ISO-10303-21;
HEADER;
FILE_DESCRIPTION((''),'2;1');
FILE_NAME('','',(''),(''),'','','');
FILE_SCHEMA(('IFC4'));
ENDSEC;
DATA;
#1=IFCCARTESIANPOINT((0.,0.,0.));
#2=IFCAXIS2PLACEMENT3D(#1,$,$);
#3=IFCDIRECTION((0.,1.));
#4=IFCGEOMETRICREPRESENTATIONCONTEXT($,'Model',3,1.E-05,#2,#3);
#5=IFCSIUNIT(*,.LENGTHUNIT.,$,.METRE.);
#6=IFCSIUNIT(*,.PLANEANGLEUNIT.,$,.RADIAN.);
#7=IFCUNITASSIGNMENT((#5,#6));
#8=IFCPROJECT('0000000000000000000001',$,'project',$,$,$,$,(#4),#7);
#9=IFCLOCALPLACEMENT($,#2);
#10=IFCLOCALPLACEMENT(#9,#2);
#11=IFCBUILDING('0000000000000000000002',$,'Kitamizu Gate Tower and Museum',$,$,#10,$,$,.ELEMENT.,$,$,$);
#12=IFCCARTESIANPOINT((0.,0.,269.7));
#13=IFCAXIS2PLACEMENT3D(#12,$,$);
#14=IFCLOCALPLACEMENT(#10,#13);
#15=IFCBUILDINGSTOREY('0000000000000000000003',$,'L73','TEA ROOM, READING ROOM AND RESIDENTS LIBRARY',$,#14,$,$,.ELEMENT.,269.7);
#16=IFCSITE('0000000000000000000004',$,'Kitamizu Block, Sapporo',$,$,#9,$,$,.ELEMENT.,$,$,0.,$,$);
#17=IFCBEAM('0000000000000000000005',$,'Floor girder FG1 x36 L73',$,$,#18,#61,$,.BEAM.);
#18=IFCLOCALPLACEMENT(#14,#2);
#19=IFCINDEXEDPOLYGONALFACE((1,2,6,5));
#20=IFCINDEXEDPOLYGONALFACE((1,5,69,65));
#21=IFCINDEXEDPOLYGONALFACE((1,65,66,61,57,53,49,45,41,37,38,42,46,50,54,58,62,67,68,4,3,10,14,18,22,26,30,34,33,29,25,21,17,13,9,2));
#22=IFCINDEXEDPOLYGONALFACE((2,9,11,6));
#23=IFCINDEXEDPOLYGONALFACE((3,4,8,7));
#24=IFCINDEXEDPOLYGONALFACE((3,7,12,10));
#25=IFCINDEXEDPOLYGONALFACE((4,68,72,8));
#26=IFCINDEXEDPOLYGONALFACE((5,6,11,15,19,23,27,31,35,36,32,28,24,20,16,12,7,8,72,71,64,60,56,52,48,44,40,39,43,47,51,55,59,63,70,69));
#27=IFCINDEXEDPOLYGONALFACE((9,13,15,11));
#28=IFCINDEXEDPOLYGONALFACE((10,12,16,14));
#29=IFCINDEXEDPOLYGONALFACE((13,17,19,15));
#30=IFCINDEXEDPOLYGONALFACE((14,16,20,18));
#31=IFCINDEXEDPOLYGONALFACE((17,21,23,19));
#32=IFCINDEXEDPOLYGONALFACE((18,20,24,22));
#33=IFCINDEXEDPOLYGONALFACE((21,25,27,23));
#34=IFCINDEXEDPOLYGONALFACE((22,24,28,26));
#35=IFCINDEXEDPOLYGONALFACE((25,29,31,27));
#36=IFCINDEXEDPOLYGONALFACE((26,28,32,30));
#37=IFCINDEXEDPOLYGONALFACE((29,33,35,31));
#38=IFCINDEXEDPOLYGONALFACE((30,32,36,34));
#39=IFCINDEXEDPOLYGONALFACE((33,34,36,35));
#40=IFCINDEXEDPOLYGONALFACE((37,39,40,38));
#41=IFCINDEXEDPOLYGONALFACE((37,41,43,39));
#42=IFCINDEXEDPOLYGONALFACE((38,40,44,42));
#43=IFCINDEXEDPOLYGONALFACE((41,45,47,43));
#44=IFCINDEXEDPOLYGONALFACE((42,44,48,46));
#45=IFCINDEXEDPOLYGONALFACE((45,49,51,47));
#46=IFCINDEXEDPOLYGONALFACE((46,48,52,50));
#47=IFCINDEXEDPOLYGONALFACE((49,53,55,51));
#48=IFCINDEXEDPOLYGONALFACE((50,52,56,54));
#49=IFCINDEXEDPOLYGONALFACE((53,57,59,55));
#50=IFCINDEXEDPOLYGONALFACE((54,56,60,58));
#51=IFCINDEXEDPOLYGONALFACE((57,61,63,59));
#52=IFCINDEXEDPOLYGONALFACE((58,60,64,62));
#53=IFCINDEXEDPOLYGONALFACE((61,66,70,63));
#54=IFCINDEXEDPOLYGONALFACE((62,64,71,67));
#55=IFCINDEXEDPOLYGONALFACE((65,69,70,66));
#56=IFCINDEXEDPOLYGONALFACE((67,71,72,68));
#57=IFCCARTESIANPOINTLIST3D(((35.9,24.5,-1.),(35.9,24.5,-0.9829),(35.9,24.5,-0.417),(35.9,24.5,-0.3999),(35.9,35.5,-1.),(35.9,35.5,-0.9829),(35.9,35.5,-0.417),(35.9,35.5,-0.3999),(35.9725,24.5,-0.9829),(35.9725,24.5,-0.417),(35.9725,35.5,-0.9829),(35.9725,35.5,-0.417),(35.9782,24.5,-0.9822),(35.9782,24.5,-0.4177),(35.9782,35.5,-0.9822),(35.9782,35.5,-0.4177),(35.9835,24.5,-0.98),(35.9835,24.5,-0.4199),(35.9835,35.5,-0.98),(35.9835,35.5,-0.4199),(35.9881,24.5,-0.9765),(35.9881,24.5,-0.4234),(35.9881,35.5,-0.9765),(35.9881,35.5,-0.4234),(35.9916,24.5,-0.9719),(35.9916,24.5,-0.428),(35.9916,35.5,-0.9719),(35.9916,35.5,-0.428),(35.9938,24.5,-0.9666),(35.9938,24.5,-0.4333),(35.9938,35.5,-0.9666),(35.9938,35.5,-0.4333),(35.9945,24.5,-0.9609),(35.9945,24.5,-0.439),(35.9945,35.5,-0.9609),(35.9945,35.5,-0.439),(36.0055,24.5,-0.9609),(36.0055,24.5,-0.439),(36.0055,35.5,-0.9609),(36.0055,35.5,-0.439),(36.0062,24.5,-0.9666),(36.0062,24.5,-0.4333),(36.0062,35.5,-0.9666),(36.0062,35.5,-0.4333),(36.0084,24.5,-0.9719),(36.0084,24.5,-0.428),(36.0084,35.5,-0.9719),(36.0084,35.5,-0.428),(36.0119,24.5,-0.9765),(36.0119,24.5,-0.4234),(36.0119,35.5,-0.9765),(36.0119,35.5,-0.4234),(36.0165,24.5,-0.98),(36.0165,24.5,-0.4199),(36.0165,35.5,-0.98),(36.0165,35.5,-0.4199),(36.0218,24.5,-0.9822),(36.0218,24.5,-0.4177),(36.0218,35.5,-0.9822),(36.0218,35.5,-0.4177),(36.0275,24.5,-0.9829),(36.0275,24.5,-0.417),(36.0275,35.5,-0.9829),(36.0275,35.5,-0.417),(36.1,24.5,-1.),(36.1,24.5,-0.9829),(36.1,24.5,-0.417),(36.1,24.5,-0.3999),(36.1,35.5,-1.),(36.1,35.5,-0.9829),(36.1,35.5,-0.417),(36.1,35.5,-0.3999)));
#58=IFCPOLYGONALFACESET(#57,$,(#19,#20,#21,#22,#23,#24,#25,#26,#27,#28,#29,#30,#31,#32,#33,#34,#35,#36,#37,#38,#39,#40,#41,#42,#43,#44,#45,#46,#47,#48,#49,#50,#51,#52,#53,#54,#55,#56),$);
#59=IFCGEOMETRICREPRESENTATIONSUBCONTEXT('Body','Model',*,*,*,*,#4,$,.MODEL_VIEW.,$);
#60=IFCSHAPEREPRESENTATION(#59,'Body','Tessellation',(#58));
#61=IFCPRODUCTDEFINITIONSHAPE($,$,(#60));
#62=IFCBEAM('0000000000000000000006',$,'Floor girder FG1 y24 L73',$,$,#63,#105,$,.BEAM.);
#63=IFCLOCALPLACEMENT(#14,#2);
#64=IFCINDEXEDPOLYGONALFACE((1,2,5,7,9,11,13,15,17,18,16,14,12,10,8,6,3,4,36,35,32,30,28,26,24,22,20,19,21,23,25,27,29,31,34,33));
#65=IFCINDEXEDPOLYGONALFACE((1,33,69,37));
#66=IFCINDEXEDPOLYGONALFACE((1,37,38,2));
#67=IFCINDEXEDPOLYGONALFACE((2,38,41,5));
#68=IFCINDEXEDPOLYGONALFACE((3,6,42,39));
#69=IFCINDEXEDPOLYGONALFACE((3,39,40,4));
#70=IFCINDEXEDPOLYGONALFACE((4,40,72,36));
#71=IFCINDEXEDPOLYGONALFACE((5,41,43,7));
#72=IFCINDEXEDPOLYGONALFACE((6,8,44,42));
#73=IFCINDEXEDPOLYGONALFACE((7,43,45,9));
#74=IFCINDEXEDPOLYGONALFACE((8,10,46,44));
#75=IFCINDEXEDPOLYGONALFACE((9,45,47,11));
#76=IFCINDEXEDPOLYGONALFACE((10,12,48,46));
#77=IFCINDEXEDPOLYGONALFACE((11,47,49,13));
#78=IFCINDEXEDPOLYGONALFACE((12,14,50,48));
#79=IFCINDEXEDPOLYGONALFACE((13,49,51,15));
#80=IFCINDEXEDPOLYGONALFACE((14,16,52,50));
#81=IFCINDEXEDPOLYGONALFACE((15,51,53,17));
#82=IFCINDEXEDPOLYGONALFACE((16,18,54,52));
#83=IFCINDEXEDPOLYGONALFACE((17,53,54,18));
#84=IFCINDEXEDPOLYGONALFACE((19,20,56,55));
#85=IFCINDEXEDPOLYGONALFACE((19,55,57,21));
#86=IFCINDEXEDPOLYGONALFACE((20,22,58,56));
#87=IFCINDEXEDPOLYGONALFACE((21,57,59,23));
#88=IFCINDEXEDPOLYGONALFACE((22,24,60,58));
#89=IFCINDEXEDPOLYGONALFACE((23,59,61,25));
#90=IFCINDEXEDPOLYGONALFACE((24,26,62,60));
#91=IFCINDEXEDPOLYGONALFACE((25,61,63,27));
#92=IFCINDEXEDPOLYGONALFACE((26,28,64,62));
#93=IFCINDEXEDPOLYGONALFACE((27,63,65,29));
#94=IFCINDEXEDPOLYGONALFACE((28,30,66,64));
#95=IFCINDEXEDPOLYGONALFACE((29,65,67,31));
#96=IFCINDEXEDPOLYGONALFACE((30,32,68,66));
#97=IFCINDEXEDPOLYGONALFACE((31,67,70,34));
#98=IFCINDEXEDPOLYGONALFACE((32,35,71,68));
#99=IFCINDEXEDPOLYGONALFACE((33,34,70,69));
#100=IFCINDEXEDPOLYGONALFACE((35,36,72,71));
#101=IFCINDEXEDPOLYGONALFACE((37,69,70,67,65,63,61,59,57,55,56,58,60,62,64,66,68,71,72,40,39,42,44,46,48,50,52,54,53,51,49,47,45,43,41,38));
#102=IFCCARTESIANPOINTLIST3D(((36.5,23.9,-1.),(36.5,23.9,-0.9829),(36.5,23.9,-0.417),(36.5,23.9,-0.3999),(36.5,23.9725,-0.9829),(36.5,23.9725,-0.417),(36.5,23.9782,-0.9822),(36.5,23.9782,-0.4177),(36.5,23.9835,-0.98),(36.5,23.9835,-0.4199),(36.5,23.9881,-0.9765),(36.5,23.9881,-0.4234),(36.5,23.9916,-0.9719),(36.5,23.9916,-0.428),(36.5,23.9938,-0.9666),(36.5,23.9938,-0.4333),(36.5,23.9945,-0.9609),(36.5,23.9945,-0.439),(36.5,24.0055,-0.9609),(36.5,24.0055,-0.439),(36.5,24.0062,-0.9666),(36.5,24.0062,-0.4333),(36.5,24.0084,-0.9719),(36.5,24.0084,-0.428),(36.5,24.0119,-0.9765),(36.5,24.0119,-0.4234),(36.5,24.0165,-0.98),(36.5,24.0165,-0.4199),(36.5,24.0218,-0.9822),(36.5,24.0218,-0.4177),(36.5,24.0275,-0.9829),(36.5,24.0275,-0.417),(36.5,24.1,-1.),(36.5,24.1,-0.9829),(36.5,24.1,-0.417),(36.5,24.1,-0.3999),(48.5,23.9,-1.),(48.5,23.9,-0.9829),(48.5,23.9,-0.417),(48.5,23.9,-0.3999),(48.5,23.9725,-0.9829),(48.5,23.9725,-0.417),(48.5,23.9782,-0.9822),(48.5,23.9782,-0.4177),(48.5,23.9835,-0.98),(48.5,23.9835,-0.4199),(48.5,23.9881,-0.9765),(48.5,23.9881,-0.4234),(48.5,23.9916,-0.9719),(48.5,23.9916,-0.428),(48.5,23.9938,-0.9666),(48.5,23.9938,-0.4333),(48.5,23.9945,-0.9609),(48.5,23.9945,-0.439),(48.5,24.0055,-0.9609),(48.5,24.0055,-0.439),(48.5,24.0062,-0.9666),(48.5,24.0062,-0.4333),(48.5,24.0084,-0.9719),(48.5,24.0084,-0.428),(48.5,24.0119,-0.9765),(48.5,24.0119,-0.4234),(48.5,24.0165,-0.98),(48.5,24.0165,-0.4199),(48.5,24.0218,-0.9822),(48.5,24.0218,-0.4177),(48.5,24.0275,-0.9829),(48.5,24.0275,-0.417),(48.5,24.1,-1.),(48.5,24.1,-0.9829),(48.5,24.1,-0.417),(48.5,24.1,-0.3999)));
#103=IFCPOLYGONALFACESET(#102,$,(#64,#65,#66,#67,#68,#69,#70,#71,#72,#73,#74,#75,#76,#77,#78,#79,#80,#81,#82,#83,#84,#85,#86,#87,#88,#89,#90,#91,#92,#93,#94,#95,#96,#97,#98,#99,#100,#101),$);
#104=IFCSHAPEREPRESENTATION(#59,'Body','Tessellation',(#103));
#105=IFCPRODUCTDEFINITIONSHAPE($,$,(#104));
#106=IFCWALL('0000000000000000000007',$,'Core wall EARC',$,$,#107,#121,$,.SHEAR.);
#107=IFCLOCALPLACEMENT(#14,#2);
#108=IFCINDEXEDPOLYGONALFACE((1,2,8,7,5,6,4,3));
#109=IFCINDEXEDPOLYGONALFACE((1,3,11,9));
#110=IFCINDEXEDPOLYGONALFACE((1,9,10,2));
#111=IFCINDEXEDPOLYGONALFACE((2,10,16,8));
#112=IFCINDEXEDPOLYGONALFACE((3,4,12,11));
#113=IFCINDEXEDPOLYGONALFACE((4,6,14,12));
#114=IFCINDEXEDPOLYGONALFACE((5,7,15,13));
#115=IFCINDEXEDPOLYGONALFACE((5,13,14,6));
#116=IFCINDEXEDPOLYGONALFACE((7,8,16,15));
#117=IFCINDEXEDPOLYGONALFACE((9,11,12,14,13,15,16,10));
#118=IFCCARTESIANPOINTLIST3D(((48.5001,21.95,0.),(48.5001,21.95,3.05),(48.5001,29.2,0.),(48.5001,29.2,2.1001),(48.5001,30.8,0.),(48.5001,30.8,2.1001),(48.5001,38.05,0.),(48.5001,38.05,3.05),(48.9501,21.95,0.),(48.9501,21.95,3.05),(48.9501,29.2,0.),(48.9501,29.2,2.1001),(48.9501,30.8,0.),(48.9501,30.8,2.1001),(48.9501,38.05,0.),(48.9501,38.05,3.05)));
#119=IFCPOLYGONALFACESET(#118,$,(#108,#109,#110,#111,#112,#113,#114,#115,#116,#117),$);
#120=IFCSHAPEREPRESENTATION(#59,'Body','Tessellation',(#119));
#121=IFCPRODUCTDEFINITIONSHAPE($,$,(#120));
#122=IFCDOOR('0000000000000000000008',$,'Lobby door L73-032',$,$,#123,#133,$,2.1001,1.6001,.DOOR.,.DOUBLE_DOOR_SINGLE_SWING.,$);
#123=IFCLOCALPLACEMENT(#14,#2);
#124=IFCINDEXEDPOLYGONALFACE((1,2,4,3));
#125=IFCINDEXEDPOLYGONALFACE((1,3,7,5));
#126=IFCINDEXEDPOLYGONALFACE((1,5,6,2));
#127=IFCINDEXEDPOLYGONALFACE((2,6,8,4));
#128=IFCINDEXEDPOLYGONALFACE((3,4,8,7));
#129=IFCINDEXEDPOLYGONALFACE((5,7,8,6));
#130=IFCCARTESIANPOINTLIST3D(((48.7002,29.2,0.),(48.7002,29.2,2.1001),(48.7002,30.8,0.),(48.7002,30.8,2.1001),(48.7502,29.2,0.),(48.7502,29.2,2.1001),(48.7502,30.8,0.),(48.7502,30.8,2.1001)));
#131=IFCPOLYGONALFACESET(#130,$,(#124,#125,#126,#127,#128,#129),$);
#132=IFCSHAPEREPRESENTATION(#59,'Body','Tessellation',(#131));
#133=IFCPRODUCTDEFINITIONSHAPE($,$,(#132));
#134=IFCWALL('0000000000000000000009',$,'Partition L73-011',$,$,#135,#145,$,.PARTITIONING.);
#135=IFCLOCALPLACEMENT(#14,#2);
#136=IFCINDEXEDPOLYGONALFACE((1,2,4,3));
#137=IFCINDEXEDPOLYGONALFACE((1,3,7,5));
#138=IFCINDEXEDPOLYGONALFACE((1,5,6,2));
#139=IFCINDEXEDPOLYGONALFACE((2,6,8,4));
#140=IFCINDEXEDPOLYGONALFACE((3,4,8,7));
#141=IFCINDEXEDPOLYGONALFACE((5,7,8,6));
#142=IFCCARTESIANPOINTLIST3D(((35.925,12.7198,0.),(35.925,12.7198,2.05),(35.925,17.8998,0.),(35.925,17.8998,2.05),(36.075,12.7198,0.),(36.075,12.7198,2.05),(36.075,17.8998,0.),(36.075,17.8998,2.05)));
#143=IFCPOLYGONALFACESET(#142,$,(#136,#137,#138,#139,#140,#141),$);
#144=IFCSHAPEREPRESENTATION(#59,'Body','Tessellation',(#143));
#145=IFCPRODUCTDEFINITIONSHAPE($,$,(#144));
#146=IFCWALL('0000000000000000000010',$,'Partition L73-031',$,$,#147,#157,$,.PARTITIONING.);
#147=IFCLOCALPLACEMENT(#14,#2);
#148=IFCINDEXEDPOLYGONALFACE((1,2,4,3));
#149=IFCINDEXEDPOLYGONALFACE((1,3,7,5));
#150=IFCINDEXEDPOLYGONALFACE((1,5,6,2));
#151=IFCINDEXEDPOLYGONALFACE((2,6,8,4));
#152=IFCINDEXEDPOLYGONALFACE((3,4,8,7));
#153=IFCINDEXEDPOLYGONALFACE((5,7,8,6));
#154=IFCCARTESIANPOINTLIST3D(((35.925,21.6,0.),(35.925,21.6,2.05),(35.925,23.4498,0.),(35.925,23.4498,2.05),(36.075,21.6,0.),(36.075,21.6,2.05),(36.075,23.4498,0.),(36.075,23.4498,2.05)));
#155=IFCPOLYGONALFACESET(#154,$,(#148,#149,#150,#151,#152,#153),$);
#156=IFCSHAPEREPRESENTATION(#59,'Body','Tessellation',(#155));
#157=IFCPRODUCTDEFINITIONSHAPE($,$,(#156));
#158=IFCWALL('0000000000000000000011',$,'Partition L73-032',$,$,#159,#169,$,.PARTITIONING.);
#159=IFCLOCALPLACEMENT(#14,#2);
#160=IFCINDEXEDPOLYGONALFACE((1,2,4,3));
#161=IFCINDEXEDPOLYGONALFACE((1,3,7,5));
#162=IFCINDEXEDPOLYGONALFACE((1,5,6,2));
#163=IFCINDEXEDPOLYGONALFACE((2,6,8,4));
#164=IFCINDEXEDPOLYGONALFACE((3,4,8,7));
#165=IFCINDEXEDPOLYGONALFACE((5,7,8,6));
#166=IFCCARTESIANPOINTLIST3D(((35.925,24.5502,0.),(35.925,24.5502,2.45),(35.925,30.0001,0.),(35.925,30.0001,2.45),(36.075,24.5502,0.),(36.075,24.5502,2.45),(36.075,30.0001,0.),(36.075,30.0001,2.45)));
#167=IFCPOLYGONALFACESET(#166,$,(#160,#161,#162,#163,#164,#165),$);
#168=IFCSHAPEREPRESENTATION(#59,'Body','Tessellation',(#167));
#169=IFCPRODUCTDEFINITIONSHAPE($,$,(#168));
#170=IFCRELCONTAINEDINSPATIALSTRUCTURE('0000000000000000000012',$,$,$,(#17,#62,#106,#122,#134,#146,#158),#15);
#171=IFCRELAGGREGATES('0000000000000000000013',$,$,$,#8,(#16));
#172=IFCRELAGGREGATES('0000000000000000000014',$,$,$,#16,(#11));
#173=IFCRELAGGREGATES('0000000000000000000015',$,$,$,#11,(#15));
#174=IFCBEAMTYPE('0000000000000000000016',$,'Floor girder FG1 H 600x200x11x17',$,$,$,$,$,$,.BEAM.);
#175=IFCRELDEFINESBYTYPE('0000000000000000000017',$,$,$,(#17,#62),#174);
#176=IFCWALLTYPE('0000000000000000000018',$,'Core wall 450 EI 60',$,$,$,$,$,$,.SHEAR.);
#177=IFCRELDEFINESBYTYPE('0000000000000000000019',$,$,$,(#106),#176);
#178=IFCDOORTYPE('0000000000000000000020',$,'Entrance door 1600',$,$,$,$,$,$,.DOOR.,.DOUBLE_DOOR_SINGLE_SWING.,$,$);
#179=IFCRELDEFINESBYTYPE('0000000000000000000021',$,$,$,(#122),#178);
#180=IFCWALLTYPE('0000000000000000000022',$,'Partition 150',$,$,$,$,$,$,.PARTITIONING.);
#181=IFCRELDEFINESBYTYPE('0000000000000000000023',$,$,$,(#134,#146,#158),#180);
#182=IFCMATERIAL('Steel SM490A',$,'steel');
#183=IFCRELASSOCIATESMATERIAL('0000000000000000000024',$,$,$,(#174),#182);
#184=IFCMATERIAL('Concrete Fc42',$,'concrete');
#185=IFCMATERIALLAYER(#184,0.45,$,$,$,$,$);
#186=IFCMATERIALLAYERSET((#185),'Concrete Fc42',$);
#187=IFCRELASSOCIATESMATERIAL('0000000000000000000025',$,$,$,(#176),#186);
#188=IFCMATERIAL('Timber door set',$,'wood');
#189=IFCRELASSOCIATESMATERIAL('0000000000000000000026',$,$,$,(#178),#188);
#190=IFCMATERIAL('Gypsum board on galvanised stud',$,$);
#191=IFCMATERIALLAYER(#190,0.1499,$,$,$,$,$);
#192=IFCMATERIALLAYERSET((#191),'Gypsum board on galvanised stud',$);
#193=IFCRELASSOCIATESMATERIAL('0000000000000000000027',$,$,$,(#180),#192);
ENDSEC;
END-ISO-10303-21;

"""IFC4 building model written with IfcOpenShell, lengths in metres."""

from ifc_helpers import new_model, si_unit, direction, frame, frame_2d, origin, origin_2d, place, context, subcontext, project, spatial, rectangle, i_section, extrude, material, layer, layer_set, material_profile, profile_set, type_object, element, fill, save


model = new_model("IFC4")

# Units and contexts
model_context = context("Model", 3, precision=1e-05, world=origin(), true_north=direction((0.0, 1.0)))
body_context = subcontext(model_context, "Body", "Model", "MODEL_VIEW")
ifc_project = project(units=[si_unit("LENGTHUNIT", "METRE"), si_unit("PLANEANGLEUNIT", "RADIAN")], contexts=[model_context])

# Site, building, storey
site_placement = place(None, origin())
site = spatial("IfcSite", under=ifc_project, at=site_placement, Name="Kitamizu Block, Sapporo", CompositionType="ELEMENT", RefElevation=0.0)
building_placement = place(site_placement, origin())
building = spatial("IfcBuilding", under=site, at=building_placement, Name="Kitamizu Gate Tower and Museum", CompositionType="ELEMENT")
storey_placement = place(building_placement, frame((0.0, 0.0, 269.7)))
storey = spatial("IfcBuildingStorey", under=building, at=storey_placement, Name="L73", Description="TEA ROOM, READING ROOM AND RESIDENTS LIBRARY", CompositionType="ELEMENT", Elevation=269.7)

# Beams
ifc_material_1 = material(Name="Steel SM490A", Category="steel")
ifc_material_profile_1 = material_profile(ifc_material_1, i_section(OverallWidth=0.2, OverallDepth=0.6001, WebThickness=0.011, FlangeThickness=0.0171, FilletRadius=0.022, at=origin_2d()), Name="H-600x200x11x17")
ifc_profile_set_1 = profile_set([ifc_material_profile_1], Name="Steel SM490A")
beam_type_1 = type_object("IfcBeamType", Name="Floor girder FG1 H 600x200x11x17", PredefinedType="BEAM", material=ifc_profile_set_1)
for number, where, z_axis, x_axis, name in (
    (1, (36.0, 24.5, -0.7), (0.0, 1.0, 0.0), (-1.0, 0.0, 0.0), "Floor girder FG1 x36 L73"),
):
    element("IfcBeam", number, at=place(storey_placement, frame(where, z_axis=z_axis, x_axis=x_axis)), inside=storey, type_object=beam_type_1, Name=name, PredefinedType="BEAM", context=body_context, shape_type="SweptSolid", body=[
        extrude(i_section(OverallWidth=0.2, OverallDepth=0.6001, WebThickness=0.011, FlangeThickness=0.0171, FilletRadius=0.022, at=origin_2d()), origin(), (0.0, 0.0, 1.0), 11.0),
    ])
beam_1_placement = place(storey_placement, frame((36.5, 24.0, -0.7), z_axis=(1.0, 0.0, 0.0), x_axis=(0.0, 1.0, 0.0)))
element("IfcBeam", 2, at=beam_1_placement, inside=storey, type_object=beam_type_1, Name="Floor girder FG1 y24 L73", PredefinedType="BEAM", context=body_context, shape_type="SweptSolid", body=[
    extrude(i_section(OverallWidth=0.2, OverallDepth=0.6001, WebThickness=0.011, FlangeThickness=0.0171, FilletRadius=0.022, at=origin_2d()), origin(), (0.0, 0.0, 1.0), 12.0),
])

# Wall, opening, door
ifc_material_2 = material(Name="Concrete Fc42", Category="concrete")
ifc_layer_1 = layer(ifc_material_2, 0.45)
ifc_layer_set_1 = layer_set([ifc_layer_1], Name="Concrete Fc42")
wall_type_1 = type_object("IfcWallType", Name="Core wall 450 EI 60", PredefinedType="SHEAR", material=ifc_layer_set_1)
wall_1_placement = place(storey_placement, frame((48.7251, 21.95, 0.0), z_axis=(0.0, 0.0, 1.0), x_axis=(0.0, 1.0, 0.0)))
wall_1 = element("IfcWall", 3, at=wall_1_placement, inside=storey, type_object=wall_type_1, Name="Core wall EARC", PredefinedType="SHEAR", context=body_context, shape_type="SweptSolid", body=[
    extrude(rectangle(XDim=16.1001, YDim=0.45, at=frame_2d((8.05, 0.0))), origin(), (0.0, 0.0, 1.0), 3.05),
])
opening_1_placement = place(wall_1_placement, frame((7.25, 0.0, 0.0)))
opening_1 = element("IfcOpeningElement", 4, at=opening_1_placement, cuts=wall_1, PredefinedType="OPENING", context=body_context, shape_type="SweptSolid", body=[
    extrude(rectangle(XDim=1.6001, YDim=2.1001, at=frame_2d((0.8, 1.05))), frame((0.0, 0.2349, 0.0), z_axis=(0.0, -1.0, 0.0), x_axis=(1.0, 0.0, 0.0)), (0.0, 0.0, 1.0), 0.47),
])
ifc_material_3 = material(Name="Timber door set", Category="wood")
door_type_1 = type_object("IfcDoorType", Name="Entrance door 1600", OperationType="DOUBLE_DOOR_SINGLE_SWING", PredefinedType="DOOR", material=ifc_material_3)
door_1_placement = place(opening_1_placement, origin())
door_1 = element("IfcDoor", 5, at=door_1_placement, inside=storey, type_object=door_type_1, Name="Lobby door L73-032", OperationType="DOUBLE_DOOR_SINGLE_SWING", OverallHeight=2.1001, OverallWidth=1.6001, PredefinedType="DOOR", context=body_context, shape_type="SweptSolid", body=[
    extrude(rectangle(XDim=1.6001, YDim=2.1001, at=frame_2d((0.8, 1.05))), frame((0.0, 0.0249, 0.0), z_axis=(0.0, -1.0, 0.0), x_axis=(1.0, 0.0, 0.0)), (0.0, 0.0, 1.0), 0.05),
])
fill(opening_1, door_1)

# Walls
ifc_material_4 = material(Name="Gypsum board on galvanised stud")
ifc_layer_2 = layer(ifc_material_4, 0.1499)
ifc_layer_set_2 = layer_set([ifc_layer_2], Name="Gypsum board on galvanised stud")
wall_type_2 = type_object("IfcWallType", Name="Partition 150", PredefinedType="PARTITIONING", material=ifc_layer_set_2)
wall_2_placement = place(storey_placement, frame((36.0, 12.72, 0.0), z_axis=(0.0, 0.0, 1.0), x_axis=(0.0, 1.0, 0.0)))
element("IfcWall", 6, at=wall_2_placement, inside=storey, type_object=wall_type_2, Name="Partition L73-011", PredefinedType="PARTITIONING", context=body_context, shape_type="SweptSolid", body=[
    extrude(rectangle(XDim=5.1799, YDim=0.1499, at=frame_2d((2.5898, 0.0))), origin(), (0.0, 0.0, 1.0), 2.05),
])
wall_3_placement = place(storey_placement, frame((36.0, 21.6001, 0.0), z_axis=(0.0, 0.0, 1.0), x_axis=(0.0, 1.0, 0.0)))
element("IfcWall", 7, at=wall_3_placement, inside=storey, type_object=wall_type_2, Name="Partition L73-031", PredefinedType="PARTITIONING", context=body_context, shape_type="SweptSolid", body=[
    extrude(rectangle(XDim=1.8499, YDim=0.1499, at=frame_2d((0.9248, 0.0))), origin(), (0.0, 0.0, 1.0), 2.05),
])
wall_4_placement = place(storey_placement, frame((36.0, 24.55, 0.0), z_axis=(0.0, 0.0, 1.0), x_axis=(0.0, 1.0, 0.0)))
element("IfcWall", 8, at=wall_4_placement, inside=storey, type_object=wall_type_2, Name="Partition L73-032", PredefinedType="PARTITIONING", context=body_context, shape_type="SweptSolid", body=[
    extrude(rectangle(XDim=5.45, YDim=0.1499, at=frame_2d((2.7251, 0.0))), origin(), (0.0, 0.0, 1.0), 2.45),
])

save(model, "model.ifc")
